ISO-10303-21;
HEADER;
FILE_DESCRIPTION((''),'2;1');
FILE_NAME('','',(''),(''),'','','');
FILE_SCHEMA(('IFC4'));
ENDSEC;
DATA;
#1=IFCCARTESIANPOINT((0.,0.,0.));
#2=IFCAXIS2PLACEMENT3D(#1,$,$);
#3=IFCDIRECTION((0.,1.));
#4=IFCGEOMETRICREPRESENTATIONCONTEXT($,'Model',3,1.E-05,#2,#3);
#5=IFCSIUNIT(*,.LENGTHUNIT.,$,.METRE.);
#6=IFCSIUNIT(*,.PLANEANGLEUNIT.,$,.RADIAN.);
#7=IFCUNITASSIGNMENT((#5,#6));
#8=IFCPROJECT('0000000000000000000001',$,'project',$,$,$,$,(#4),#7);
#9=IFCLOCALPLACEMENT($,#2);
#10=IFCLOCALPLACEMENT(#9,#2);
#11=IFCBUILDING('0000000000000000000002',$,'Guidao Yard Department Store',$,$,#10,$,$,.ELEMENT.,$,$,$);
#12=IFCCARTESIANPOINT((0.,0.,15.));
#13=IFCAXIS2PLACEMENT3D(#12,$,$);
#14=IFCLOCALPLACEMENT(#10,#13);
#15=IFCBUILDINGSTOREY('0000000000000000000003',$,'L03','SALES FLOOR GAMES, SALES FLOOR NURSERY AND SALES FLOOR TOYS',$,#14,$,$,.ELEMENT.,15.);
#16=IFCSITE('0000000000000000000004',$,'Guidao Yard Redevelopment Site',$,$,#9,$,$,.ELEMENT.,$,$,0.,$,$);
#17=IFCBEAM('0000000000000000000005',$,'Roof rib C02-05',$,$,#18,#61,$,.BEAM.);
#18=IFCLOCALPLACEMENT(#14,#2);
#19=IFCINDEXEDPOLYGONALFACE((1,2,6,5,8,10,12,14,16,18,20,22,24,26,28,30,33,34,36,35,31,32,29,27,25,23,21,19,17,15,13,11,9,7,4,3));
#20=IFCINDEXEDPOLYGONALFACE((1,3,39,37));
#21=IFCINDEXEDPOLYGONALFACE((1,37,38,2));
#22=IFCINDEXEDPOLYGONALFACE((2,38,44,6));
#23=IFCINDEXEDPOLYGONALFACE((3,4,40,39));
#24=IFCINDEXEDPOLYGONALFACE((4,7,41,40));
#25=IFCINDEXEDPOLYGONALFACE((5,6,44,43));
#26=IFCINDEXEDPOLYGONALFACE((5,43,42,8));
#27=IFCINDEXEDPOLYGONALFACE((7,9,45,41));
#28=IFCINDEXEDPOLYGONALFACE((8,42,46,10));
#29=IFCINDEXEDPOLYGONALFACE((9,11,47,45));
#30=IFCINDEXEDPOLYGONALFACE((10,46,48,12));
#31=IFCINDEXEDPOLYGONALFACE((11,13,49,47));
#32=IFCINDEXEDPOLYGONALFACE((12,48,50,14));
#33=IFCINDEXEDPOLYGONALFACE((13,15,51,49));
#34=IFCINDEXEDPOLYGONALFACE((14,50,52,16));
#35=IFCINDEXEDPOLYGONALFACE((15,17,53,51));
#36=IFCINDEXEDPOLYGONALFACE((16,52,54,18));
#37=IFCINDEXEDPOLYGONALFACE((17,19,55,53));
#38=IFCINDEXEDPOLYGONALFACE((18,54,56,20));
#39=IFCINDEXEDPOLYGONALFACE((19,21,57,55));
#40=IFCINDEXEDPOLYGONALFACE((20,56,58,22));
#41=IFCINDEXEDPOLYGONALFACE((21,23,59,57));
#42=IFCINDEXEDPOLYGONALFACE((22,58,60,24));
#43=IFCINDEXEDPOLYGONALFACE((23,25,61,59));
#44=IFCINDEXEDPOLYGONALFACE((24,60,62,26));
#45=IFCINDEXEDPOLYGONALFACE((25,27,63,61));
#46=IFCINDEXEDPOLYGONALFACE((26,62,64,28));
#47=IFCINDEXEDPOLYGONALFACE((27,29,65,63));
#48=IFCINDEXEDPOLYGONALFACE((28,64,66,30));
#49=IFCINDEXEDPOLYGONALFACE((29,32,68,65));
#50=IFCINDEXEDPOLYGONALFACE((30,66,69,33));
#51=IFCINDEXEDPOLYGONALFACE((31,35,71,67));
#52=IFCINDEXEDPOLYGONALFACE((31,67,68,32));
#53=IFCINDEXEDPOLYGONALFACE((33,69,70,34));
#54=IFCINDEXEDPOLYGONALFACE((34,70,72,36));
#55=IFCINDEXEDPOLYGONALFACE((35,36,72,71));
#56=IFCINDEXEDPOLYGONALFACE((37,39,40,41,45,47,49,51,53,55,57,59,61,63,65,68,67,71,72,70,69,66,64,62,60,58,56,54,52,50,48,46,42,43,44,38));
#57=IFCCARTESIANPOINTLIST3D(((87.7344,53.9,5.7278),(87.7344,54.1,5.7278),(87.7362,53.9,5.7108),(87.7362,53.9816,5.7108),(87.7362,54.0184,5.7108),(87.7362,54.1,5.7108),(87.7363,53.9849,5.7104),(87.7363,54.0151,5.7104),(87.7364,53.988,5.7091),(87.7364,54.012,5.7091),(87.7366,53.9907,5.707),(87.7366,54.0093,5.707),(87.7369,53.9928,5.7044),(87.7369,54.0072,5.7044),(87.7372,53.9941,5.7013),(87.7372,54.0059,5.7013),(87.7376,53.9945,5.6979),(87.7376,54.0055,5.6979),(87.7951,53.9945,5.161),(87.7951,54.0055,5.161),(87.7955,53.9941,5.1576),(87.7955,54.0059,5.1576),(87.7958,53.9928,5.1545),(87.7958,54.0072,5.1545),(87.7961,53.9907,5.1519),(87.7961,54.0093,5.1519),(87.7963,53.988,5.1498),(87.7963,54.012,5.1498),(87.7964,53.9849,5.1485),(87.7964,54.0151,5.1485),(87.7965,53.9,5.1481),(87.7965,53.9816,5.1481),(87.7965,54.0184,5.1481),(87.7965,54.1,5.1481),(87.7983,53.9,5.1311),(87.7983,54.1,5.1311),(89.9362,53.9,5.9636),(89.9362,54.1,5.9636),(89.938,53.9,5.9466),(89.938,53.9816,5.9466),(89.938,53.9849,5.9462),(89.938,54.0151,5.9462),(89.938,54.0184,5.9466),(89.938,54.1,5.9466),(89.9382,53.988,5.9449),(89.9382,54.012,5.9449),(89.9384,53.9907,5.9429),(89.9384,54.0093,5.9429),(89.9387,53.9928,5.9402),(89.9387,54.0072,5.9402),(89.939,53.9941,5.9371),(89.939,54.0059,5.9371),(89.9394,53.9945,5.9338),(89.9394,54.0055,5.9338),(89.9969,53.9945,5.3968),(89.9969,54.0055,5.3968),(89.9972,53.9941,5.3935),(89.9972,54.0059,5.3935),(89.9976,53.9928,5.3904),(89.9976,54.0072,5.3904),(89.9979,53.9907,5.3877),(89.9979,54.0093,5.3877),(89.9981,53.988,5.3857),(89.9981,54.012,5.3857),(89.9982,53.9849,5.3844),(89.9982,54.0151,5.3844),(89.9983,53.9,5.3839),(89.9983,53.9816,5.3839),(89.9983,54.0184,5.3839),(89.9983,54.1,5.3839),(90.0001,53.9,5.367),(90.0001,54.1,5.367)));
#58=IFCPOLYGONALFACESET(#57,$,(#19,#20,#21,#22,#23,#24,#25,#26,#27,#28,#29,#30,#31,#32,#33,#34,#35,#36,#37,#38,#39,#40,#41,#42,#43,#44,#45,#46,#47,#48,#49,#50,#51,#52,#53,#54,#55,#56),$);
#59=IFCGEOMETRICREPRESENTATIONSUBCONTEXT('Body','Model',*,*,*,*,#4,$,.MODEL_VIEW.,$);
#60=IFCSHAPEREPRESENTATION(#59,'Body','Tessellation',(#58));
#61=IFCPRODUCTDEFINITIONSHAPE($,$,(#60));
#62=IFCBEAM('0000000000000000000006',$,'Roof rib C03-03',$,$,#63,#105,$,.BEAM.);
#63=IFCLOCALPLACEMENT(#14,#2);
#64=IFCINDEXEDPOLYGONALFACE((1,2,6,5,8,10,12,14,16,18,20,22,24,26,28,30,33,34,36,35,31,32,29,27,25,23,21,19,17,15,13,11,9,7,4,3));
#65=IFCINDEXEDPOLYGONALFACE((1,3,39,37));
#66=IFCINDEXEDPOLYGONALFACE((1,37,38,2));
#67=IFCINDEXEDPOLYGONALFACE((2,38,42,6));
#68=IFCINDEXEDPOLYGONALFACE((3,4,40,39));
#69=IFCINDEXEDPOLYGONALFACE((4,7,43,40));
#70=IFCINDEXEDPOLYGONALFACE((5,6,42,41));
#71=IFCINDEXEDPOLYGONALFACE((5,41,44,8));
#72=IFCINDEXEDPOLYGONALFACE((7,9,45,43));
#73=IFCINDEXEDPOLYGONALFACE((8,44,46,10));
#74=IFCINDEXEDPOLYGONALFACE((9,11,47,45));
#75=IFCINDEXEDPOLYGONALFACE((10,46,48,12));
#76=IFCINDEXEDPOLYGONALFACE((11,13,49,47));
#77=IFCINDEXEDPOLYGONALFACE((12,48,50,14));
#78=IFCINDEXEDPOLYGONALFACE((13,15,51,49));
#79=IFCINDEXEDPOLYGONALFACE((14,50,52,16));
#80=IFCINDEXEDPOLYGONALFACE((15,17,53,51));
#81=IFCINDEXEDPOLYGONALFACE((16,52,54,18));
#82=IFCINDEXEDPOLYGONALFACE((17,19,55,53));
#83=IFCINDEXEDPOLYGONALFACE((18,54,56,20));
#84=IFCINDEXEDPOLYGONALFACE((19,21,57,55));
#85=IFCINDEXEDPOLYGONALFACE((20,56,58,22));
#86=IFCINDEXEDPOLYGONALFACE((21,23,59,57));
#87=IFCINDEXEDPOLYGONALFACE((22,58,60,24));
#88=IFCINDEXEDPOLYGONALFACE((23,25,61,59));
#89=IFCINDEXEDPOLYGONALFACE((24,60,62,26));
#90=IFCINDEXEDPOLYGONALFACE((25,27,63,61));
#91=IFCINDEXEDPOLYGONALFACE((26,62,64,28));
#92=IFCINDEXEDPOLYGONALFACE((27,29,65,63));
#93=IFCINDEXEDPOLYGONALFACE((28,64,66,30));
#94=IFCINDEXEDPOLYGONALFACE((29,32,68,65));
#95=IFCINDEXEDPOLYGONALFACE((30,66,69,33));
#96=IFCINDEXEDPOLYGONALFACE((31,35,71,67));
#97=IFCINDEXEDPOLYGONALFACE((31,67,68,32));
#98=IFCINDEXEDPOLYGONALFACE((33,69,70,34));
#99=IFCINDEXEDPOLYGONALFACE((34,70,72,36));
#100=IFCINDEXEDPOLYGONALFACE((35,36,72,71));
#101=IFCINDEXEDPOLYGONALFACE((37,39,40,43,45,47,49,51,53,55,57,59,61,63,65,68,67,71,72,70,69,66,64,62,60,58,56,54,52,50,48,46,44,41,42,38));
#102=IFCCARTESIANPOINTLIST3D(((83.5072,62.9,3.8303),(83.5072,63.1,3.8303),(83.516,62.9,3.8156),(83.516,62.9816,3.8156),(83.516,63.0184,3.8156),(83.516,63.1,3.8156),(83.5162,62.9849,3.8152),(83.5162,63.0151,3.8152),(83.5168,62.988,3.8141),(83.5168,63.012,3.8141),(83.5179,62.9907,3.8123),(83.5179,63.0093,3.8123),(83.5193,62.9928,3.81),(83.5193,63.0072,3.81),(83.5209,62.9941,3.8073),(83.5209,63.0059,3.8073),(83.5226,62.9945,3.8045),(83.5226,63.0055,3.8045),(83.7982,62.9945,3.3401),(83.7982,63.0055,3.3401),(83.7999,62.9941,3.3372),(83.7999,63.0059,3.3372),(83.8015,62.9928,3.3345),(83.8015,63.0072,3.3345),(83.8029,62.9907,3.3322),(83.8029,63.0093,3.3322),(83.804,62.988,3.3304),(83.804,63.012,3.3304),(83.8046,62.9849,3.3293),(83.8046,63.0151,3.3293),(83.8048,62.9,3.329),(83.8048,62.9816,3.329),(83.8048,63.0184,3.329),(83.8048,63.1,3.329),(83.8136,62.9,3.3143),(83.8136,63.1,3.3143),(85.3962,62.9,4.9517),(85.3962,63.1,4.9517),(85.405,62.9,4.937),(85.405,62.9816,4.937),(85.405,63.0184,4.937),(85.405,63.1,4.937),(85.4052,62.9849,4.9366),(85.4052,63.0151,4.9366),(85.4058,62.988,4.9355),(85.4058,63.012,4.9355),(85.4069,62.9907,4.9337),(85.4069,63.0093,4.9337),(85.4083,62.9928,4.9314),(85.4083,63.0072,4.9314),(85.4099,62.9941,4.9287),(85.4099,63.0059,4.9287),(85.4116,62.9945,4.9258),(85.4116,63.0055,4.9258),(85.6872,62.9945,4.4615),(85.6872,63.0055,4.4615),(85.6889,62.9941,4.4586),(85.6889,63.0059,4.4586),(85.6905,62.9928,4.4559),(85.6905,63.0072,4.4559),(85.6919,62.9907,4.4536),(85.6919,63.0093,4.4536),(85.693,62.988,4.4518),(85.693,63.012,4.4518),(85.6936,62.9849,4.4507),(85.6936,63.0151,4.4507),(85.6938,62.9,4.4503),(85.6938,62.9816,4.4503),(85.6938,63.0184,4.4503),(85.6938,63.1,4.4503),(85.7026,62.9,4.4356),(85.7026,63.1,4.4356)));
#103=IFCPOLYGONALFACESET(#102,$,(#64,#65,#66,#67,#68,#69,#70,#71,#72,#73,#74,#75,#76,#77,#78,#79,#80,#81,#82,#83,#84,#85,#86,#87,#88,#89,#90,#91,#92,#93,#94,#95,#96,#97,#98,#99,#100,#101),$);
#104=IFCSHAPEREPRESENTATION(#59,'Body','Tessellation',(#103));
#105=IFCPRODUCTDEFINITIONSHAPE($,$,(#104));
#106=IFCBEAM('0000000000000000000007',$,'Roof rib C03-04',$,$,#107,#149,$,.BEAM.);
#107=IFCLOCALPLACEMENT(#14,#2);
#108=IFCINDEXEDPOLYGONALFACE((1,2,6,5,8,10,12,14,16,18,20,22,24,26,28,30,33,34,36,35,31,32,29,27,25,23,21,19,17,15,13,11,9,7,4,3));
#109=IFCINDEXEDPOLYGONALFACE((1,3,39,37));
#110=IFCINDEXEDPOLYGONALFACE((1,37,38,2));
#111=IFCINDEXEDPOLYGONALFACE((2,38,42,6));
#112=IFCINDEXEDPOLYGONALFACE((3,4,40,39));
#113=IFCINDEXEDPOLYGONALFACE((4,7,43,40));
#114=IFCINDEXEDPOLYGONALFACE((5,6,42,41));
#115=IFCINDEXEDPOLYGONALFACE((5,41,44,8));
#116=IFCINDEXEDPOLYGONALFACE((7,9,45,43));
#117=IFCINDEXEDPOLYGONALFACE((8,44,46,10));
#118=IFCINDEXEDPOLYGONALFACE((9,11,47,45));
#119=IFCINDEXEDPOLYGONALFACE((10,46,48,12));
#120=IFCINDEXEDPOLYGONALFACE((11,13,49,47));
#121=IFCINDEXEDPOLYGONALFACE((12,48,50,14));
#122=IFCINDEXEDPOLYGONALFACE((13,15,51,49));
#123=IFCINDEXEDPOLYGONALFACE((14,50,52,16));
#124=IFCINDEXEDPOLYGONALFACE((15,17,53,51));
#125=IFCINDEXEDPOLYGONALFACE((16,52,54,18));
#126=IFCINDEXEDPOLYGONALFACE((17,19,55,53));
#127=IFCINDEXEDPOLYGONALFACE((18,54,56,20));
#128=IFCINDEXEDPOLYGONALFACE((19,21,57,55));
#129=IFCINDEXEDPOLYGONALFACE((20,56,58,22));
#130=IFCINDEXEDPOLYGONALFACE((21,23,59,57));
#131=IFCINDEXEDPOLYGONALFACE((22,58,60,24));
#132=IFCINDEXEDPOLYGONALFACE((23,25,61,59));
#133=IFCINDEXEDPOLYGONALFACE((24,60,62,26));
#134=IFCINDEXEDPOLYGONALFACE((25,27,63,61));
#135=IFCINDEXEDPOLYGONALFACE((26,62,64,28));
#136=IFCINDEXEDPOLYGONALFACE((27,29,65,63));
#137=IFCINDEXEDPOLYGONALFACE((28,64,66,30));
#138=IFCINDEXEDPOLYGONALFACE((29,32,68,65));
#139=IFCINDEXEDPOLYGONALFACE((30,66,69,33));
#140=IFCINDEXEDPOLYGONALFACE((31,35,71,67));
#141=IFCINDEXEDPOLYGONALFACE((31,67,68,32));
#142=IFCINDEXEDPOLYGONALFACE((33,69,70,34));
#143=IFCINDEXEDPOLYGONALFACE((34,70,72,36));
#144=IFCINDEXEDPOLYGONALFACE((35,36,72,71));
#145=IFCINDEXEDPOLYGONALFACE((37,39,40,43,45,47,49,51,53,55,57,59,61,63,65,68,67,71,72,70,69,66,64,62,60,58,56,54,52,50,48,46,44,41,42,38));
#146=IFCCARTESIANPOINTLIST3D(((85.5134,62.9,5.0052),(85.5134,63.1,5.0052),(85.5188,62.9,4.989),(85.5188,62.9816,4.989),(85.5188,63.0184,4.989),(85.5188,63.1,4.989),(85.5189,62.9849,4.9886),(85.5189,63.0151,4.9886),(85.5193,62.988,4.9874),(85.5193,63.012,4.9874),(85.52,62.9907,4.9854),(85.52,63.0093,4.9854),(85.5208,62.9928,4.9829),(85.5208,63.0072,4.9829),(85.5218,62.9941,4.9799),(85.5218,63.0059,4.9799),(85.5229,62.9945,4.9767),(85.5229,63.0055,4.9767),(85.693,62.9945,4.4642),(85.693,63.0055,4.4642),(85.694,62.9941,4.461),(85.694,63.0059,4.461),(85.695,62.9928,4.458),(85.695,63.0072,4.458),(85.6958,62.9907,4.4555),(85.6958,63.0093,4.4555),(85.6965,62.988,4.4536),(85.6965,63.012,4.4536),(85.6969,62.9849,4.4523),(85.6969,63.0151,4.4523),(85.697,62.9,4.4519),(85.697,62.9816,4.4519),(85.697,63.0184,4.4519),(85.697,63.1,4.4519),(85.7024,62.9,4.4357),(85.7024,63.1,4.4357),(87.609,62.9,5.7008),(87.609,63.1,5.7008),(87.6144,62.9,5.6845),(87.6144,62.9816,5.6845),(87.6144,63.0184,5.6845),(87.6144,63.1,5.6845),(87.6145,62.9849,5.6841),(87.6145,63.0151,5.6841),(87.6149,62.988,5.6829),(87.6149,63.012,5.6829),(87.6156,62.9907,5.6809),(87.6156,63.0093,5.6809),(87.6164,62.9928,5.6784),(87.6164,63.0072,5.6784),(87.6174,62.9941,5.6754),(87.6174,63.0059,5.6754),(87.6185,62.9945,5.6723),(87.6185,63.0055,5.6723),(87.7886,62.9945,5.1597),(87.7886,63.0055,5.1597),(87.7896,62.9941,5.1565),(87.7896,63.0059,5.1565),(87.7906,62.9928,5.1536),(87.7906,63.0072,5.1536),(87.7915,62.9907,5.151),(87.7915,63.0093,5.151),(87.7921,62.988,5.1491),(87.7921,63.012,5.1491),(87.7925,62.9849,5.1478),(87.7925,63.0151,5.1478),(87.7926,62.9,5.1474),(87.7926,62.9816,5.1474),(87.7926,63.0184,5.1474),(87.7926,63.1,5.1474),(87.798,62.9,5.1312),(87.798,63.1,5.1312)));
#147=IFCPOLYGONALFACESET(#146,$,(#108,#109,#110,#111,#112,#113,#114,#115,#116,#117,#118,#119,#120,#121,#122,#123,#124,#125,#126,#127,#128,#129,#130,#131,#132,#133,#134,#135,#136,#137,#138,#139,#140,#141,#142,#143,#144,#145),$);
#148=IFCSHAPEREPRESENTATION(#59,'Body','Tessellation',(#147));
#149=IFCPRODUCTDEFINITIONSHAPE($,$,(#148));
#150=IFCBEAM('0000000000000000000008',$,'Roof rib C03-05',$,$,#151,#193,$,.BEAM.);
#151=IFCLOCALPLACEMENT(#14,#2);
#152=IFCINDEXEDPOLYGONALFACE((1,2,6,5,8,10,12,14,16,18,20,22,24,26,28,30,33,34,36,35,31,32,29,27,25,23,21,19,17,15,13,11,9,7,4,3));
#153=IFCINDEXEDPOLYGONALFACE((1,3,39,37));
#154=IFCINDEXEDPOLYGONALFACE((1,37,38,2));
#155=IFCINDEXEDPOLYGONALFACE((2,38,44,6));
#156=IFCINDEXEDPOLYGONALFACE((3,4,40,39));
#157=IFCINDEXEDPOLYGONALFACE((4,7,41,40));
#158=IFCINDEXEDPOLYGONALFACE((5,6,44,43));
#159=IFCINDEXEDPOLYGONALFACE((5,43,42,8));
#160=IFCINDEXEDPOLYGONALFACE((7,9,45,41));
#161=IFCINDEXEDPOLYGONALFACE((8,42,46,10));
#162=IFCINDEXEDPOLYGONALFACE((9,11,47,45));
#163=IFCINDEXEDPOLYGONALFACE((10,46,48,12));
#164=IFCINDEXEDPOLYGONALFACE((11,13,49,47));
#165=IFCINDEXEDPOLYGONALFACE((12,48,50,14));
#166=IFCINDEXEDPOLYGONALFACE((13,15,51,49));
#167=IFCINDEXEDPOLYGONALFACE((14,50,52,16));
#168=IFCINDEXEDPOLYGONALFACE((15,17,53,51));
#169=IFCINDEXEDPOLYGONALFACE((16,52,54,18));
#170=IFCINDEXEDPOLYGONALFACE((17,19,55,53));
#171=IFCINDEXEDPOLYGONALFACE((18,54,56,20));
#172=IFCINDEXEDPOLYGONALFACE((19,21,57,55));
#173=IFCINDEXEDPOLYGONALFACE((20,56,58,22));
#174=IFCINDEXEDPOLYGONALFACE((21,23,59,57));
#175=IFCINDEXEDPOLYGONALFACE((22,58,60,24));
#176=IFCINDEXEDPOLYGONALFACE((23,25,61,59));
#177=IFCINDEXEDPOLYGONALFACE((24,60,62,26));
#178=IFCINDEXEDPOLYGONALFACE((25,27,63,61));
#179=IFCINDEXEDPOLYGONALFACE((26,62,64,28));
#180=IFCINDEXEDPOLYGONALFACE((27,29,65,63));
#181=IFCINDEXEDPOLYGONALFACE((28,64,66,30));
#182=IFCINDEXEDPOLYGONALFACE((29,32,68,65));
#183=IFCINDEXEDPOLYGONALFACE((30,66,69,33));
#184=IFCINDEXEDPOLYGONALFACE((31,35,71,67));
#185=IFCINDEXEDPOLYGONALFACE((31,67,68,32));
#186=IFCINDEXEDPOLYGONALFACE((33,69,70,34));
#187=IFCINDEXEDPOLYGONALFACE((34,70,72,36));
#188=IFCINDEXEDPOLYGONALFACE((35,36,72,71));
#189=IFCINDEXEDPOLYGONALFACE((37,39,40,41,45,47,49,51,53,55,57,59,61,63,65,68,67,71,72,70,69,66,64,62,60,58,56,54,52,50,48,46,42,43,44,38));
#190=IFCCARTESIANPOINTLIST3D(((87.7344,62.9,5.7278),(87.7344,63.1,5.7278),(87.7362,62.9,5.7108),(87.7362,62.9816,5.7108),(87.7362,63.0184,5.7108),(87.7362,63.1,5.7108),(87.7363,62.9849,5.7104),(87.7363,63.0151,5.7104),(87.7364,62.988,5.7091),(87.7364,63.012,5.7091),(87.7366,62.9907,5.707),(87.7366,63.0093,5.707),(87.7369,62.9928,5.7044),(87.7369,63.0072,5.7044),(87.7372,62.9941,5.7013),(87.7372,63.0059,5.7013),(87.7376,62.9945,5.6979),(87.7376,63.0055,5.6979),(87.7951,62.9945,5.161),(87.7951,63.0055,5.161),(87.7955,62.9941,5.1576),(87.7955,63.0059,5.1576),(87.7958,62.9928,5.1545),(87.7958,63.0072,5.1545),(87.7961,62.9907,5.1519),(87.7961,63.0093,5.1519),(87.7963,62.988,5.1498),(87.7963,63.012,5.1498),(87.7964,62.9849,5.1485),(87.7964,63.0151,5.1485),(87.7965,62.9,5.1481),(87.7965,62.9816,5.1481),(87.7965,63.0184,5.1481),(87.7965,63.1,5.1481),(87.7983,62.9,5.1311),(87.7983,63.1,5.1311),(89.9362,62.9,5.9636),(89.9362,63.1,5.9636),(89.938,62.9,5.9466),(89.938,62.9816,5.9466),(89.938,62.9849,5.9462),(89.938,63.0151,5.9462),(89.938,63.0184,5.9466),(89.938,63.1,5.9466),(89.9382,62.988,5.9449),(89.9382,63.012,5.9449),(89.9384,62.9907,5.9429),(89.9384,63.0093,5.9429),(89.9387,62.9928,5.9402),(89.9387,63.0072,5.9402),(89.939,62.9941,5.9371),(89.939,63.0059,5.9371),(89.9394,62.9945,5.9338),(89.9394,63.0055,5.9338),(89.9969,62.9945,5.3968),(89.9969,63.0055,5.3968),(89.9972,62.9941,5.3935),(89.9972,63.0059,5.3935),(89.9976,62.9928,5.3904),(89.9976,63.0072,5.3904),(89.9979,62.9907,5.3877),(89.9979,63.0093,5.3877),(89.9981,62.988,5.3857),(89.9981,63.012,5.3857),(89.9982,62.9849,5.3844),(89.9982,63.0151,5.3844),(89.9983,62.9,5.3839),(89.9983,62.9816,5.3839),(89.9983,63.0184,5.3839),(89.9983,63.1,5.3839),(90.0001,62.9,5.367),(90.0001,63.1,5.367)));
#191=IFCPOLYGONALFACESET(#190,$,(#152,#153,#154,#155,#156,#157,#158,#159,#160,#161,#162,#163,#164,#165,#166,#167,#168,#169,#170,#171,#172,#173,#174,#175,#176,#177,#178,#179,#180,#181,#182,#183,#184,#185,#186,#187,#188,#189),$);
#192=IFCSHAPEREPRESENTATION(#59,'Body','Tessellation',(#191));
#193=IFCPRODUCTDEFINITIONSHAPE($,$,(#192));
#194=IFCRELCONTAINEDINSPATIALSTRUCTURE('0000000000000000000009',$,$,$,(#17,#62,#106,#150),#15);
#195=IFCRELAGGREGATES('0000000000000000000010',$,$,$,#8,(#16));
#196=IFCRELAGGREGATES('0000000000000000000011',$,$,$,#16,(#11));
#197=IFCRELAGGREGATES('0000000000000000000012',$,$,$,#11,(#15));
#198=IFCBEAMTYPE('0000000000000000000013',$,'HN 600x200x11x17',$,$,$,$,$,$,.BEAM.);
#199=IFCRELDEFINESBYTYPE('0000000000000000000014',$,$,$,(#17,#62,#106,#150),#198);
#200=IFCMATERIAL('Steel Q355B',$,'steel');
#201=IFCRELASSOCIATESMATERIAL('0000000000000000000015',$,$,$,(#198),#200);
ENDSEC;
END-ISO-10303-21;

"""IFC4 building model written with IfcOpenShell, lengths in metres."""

from ifc_helpers import new_model, si_unit, direction, frame, origin, origin_2d, place, context, subcontext, project, spatial, i_section, extrude, material, material_profile, profile_set, type_object, element, save


model = new_model("IFC4")

# Units and contexts
model_context = context("Model", 3, precision=1e-05, world=origin(), true_north=direction((0.0, 1.0)))
body_context = subcontext(model_context, "Body", "Model", "MODEL_VIEW")
ifc_project = project(units=[si_unit("LENGTHUNIT", "METRE"), si_unit("PLANEANGLEUNIT", "RADIAN")], contexts=[model_context])

# Site, building, storey
site_placement = place(None, origin())
site = spatial("IfcSite", under=ifc_project, at=site_placement, Name="Guidao Yard Redevelopment Site", CompositionType="ELEMENT", RefElevation=0.0)
building_placement = place(site_placement, origin())
building = spatial("IfcBuilding", under=site, at=building_placement, Name="Guidao Yard Department Store", CompositionType="ELEMENT")
storey_placement = place(building_placement, frame((0.0, 0.0, 15.0)))
storey = spatial("IfcBuildingStorey", under=building, at=storey_placement, Name="L03", Description="SALES FLOOR GAMES, SALES FLOOR NURSERY AND SALES FLOOR TOYS", CompositionType="ELEMENT", Elevation=15.0)

# Beams
ifc_material_1 = material(Name="Steel Q355B", Category="steel")
ifc_material_profile_1 = material_profile(ifc_material_1, i_section(OverallWidth=0.2, OverallDepth=0.6001, WebThickness=0.011, FlangeThickness=0.0171, FilletRadius=0.0129, at=origin_2d()), Name="HN 600x200x11x17")
ifc_profile_set_1 = profile_set([ifc_material_profile_1], Name="Steel Q355B")
beam_type = type_object("IfcBeamType", Name="HN 600x200x11x17", PredefinedType="BEAM", material=ifc_profile_set_1)
beam_1_placement = place(storey_placement, frame((87.7664, 54.0, 5.4294), z_axis=(0.994312, 0.0, 0.10651), x_axis=(0.0, 1.0, 0.0)))
element("IfcBeam", 1, at=beam_1_placement, inside=storey, type_object=beam_type, Name="Roof rib C02-05", PredefinedType="BEAM", context=body_context, shape_type="SweptSolid", body=[
    extrude(i_section(OverallWidth=0.2, OverallDepth=0.6001, WebThickness=0.011, FlangeThickness=0.0171, FilletRadius=0.0129, at=origin_2d()), origin(), (0.0, 0.0, 1.0), 2.2144),
])
beam_2_placement = place(storey_placement, frame((83.6604, 63.0, 3.5723), z_axis=(0.859896, 0.0, 0.510469), x_axis=(0.0, 1.0, 0.0)))
element("IfcBeam", 2, at=beam_2_placement, inside=storey, type_object=beam_type, Name="Roof rib C03-03", PredefinedType="BEAM", context=body_context, shape_type="SweptSolid", body=[
    extrude(i_section(OverallWidth=0.2, OverallDepth=0.6001, WebThickness=0.011, FlangeThickness=0.0171, FilletRadius=0.0129, at=origin_2d()), origin(), (0.0, 0.0, 1.0), 2.1968),
])
beam_3_placement = place(storey_placement, frame((85.6079, 63.0, 4.7205), z_axis=(0.949092, 0.0, 0.315), x_axis=(0.0, 1.0, 0.0)))
element("IfcBeam", 3, at=beam_3_placement, inside=storey, type_object=beam_type, Name="Roof rib C03-04", PredefinedType="BEAM", context=body_context, shape_type="SweptSolid", body=[
    extrude(i_section(OverallWidth=0.2, OverallDepth=0.6001, WebThickness=0.011, FlangeThickness=0.0171, FilletRadius=0.0129, at=origin_2d()), origin(), (0.0, 0.0, 1.0), 2.208),
])
beam_4_placement = place(storey_placement, frame((87.7664, 63.0, 5.4294), z_axis=(0.994312, 0.0, 0.10651), x_axis=(0.0, 1.0, 0.0)))
element("IfcBeam", 4, at=beam_4_placement, inside=storey, type_object=beam_type, Name="Roof rib C03-05", PredefinedType="BEAM", context=body_context, shape_type="SweptSolid", body=[
    extrude(i_section(OverallWidth=0.2, OverallDepth=0.6001, WebThickness=0.011, FlangeThickness=0.0171, FilletRadius=0.0129, at=origin_2d()), origin(), (0.0, 0.0, 1.0), 2.2144),
])

save(model, "model.ifc")
